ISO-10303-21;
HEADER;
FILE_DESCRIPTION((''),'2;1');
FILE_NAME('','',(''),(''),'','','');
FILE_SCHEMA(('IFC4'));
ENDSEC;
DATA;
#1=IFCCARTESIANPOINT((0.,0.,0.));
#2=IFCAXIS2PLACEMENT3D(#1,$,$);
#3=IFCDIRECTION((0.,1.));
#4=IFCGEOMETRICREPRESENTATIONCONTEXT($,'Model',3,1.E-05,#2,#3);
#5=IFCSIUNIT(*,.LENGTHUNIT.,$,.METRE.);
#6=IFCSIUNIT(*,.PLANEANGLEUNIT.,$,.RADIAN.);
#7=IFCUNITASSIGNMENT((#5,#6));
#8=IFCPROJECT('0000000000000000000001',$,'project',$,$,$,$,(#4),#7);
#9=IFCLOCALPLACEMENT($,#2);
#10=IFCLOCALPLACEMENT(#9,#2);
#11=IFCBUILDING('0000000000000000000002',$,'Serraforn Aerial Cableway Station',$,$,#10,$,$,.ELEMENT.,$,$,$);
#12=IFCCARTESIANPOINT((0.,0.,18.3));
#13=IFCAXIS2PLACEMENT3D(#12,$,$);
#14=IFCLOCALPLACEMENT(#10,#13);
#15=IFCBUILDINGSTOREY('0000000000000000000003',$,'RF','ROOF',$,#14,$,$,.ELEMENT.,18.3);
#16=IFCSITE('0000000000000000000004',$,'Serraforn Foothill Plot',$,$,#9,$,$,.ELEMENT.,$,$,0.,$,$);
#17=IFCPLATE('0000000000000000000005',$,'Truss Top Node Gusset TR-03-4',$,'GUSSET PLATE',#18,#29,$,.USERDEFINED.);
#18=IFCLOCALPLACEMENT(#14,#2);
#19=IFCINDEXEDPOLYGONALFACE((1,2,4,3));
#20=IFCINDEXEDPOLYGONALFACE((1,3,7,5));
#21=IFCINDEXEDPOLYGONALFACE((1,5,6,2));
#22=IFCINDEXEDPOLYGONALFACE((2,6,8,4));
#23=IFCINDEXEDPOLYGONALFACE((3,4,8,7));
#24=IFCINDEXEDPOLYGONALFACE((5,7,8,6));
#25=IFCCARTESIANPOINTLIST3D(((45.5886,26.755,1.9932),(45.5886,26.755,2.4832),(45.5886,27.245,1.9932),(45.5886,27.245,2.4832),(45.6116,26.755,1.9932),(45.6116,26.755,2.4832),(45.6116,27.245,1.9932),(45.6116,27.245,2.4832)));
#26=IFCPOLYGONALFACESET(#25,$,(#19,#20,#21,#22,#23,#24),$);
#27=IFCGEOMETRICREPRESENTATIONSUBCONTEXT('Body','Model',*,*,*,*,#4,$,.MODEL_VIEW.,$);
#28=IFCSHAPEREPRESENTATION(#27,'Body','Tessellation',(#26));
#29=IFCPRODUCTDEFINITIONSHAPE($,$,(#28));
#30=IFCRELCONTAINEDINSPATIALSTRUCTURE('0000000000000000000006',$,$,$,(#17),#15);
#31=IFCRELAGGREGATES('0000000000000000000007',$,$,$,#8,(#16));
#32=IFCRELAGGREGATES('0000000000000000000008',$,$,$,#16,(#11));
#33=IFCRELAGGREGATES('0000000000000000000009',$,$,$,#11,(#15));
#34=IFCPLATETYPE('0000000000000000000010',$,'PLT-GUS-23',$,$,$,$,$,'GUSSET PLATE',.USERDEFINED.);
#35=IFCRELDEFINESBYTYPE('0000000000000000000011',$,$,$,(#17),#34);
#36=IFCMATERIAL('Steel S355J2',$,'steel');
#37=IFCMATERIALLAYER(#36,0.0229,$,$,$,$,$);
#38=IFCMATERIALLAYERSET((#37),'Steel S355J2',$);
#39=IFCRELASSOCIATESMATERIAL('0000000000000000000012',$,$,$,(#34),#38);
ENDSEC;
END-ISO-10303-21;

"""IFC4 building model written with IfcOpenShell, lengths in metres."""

from ifc_helpers import new_model, si_unit, direction, frame, origin, origin_2d, place, context, subcontext, project, spatial, rectangle, extrude, material, layer, layer_set, type_object, element, save


model = new_model("IFC4")

# Units and contexts
model_context = context("Model", 3, precision=1e-05, world=origin(), true_north=direction((0.0, 1.0)))
body_context = subcontext(model_context, "Body", "Model", "MODEL_VIEW")
ifc_project = project(units=[si_unit("LENGTHUNIT", "METRE"), si_unit("PLANEANGLEUNIT", "RADIAN")], contexts=[model_context])

# Site, building, storey
site_placement = place(None, origin())
site = spatial("IfcSite", under=ifc_project, at=site_placement, Name="Serraforn Foothill Plot", CompositionType="ELEMENT", RefElevation=0.0)
building_placement = place(site_placement, origin())
building = spatial("IfcBuilding", under=site, at=building_placement, Name="Serraforn Aerial Cableway Station", CompositionType="ELEMENT")
storey_placement = place(building_placement, frame((0.0, 0.0, 18.3)))
storey = spatial("IfcBuildingStorey", under=building, at=storey_placement, Name="RF", Description="ROOF", CompositionType="ELEMENT", Elevation=18.3)

# Shared definitions
ifc_material_1 = material(Name="Steel S355J2", Category="steel")

# Plate
ifc_layer_1 = layer(ifc_material_1, 0.0229)
ifc_layer_set_1 = layer_set([ifc_layer_1], Name="Steel S355J2")
plate_type_1 = type_object("IfcPlateType", Name="PLT-GUS-23", ElementType="GUSSET PLATE", PredefinedType="USERDEFINED", material=ifc_layer_set_1)
plate_1_placement = place(storey_placement, frame((45.6001, 27.0, 1.9932), z_axis=(0.0, 0.0, 1.0), x_axis=(1.0, 0.0, 0.0)))
element("IfcPlate", 1, at=plate_1_placement, inside=storey, type_object=plate_type_1, Name="Truss Top Node Gusset TR-03-4", ObjectType="GUSSET PLATE", PredefinedType="USERDEFINED", context=body_context, shape_type="SweptSolid", body=[
    extrude(rectangle(XDim=0.0229, YDim=0.49, at=origin_2d()), origin(), (0.0, 0.0, 1.0), 0.49),
])

save(model, "model.ifc")
